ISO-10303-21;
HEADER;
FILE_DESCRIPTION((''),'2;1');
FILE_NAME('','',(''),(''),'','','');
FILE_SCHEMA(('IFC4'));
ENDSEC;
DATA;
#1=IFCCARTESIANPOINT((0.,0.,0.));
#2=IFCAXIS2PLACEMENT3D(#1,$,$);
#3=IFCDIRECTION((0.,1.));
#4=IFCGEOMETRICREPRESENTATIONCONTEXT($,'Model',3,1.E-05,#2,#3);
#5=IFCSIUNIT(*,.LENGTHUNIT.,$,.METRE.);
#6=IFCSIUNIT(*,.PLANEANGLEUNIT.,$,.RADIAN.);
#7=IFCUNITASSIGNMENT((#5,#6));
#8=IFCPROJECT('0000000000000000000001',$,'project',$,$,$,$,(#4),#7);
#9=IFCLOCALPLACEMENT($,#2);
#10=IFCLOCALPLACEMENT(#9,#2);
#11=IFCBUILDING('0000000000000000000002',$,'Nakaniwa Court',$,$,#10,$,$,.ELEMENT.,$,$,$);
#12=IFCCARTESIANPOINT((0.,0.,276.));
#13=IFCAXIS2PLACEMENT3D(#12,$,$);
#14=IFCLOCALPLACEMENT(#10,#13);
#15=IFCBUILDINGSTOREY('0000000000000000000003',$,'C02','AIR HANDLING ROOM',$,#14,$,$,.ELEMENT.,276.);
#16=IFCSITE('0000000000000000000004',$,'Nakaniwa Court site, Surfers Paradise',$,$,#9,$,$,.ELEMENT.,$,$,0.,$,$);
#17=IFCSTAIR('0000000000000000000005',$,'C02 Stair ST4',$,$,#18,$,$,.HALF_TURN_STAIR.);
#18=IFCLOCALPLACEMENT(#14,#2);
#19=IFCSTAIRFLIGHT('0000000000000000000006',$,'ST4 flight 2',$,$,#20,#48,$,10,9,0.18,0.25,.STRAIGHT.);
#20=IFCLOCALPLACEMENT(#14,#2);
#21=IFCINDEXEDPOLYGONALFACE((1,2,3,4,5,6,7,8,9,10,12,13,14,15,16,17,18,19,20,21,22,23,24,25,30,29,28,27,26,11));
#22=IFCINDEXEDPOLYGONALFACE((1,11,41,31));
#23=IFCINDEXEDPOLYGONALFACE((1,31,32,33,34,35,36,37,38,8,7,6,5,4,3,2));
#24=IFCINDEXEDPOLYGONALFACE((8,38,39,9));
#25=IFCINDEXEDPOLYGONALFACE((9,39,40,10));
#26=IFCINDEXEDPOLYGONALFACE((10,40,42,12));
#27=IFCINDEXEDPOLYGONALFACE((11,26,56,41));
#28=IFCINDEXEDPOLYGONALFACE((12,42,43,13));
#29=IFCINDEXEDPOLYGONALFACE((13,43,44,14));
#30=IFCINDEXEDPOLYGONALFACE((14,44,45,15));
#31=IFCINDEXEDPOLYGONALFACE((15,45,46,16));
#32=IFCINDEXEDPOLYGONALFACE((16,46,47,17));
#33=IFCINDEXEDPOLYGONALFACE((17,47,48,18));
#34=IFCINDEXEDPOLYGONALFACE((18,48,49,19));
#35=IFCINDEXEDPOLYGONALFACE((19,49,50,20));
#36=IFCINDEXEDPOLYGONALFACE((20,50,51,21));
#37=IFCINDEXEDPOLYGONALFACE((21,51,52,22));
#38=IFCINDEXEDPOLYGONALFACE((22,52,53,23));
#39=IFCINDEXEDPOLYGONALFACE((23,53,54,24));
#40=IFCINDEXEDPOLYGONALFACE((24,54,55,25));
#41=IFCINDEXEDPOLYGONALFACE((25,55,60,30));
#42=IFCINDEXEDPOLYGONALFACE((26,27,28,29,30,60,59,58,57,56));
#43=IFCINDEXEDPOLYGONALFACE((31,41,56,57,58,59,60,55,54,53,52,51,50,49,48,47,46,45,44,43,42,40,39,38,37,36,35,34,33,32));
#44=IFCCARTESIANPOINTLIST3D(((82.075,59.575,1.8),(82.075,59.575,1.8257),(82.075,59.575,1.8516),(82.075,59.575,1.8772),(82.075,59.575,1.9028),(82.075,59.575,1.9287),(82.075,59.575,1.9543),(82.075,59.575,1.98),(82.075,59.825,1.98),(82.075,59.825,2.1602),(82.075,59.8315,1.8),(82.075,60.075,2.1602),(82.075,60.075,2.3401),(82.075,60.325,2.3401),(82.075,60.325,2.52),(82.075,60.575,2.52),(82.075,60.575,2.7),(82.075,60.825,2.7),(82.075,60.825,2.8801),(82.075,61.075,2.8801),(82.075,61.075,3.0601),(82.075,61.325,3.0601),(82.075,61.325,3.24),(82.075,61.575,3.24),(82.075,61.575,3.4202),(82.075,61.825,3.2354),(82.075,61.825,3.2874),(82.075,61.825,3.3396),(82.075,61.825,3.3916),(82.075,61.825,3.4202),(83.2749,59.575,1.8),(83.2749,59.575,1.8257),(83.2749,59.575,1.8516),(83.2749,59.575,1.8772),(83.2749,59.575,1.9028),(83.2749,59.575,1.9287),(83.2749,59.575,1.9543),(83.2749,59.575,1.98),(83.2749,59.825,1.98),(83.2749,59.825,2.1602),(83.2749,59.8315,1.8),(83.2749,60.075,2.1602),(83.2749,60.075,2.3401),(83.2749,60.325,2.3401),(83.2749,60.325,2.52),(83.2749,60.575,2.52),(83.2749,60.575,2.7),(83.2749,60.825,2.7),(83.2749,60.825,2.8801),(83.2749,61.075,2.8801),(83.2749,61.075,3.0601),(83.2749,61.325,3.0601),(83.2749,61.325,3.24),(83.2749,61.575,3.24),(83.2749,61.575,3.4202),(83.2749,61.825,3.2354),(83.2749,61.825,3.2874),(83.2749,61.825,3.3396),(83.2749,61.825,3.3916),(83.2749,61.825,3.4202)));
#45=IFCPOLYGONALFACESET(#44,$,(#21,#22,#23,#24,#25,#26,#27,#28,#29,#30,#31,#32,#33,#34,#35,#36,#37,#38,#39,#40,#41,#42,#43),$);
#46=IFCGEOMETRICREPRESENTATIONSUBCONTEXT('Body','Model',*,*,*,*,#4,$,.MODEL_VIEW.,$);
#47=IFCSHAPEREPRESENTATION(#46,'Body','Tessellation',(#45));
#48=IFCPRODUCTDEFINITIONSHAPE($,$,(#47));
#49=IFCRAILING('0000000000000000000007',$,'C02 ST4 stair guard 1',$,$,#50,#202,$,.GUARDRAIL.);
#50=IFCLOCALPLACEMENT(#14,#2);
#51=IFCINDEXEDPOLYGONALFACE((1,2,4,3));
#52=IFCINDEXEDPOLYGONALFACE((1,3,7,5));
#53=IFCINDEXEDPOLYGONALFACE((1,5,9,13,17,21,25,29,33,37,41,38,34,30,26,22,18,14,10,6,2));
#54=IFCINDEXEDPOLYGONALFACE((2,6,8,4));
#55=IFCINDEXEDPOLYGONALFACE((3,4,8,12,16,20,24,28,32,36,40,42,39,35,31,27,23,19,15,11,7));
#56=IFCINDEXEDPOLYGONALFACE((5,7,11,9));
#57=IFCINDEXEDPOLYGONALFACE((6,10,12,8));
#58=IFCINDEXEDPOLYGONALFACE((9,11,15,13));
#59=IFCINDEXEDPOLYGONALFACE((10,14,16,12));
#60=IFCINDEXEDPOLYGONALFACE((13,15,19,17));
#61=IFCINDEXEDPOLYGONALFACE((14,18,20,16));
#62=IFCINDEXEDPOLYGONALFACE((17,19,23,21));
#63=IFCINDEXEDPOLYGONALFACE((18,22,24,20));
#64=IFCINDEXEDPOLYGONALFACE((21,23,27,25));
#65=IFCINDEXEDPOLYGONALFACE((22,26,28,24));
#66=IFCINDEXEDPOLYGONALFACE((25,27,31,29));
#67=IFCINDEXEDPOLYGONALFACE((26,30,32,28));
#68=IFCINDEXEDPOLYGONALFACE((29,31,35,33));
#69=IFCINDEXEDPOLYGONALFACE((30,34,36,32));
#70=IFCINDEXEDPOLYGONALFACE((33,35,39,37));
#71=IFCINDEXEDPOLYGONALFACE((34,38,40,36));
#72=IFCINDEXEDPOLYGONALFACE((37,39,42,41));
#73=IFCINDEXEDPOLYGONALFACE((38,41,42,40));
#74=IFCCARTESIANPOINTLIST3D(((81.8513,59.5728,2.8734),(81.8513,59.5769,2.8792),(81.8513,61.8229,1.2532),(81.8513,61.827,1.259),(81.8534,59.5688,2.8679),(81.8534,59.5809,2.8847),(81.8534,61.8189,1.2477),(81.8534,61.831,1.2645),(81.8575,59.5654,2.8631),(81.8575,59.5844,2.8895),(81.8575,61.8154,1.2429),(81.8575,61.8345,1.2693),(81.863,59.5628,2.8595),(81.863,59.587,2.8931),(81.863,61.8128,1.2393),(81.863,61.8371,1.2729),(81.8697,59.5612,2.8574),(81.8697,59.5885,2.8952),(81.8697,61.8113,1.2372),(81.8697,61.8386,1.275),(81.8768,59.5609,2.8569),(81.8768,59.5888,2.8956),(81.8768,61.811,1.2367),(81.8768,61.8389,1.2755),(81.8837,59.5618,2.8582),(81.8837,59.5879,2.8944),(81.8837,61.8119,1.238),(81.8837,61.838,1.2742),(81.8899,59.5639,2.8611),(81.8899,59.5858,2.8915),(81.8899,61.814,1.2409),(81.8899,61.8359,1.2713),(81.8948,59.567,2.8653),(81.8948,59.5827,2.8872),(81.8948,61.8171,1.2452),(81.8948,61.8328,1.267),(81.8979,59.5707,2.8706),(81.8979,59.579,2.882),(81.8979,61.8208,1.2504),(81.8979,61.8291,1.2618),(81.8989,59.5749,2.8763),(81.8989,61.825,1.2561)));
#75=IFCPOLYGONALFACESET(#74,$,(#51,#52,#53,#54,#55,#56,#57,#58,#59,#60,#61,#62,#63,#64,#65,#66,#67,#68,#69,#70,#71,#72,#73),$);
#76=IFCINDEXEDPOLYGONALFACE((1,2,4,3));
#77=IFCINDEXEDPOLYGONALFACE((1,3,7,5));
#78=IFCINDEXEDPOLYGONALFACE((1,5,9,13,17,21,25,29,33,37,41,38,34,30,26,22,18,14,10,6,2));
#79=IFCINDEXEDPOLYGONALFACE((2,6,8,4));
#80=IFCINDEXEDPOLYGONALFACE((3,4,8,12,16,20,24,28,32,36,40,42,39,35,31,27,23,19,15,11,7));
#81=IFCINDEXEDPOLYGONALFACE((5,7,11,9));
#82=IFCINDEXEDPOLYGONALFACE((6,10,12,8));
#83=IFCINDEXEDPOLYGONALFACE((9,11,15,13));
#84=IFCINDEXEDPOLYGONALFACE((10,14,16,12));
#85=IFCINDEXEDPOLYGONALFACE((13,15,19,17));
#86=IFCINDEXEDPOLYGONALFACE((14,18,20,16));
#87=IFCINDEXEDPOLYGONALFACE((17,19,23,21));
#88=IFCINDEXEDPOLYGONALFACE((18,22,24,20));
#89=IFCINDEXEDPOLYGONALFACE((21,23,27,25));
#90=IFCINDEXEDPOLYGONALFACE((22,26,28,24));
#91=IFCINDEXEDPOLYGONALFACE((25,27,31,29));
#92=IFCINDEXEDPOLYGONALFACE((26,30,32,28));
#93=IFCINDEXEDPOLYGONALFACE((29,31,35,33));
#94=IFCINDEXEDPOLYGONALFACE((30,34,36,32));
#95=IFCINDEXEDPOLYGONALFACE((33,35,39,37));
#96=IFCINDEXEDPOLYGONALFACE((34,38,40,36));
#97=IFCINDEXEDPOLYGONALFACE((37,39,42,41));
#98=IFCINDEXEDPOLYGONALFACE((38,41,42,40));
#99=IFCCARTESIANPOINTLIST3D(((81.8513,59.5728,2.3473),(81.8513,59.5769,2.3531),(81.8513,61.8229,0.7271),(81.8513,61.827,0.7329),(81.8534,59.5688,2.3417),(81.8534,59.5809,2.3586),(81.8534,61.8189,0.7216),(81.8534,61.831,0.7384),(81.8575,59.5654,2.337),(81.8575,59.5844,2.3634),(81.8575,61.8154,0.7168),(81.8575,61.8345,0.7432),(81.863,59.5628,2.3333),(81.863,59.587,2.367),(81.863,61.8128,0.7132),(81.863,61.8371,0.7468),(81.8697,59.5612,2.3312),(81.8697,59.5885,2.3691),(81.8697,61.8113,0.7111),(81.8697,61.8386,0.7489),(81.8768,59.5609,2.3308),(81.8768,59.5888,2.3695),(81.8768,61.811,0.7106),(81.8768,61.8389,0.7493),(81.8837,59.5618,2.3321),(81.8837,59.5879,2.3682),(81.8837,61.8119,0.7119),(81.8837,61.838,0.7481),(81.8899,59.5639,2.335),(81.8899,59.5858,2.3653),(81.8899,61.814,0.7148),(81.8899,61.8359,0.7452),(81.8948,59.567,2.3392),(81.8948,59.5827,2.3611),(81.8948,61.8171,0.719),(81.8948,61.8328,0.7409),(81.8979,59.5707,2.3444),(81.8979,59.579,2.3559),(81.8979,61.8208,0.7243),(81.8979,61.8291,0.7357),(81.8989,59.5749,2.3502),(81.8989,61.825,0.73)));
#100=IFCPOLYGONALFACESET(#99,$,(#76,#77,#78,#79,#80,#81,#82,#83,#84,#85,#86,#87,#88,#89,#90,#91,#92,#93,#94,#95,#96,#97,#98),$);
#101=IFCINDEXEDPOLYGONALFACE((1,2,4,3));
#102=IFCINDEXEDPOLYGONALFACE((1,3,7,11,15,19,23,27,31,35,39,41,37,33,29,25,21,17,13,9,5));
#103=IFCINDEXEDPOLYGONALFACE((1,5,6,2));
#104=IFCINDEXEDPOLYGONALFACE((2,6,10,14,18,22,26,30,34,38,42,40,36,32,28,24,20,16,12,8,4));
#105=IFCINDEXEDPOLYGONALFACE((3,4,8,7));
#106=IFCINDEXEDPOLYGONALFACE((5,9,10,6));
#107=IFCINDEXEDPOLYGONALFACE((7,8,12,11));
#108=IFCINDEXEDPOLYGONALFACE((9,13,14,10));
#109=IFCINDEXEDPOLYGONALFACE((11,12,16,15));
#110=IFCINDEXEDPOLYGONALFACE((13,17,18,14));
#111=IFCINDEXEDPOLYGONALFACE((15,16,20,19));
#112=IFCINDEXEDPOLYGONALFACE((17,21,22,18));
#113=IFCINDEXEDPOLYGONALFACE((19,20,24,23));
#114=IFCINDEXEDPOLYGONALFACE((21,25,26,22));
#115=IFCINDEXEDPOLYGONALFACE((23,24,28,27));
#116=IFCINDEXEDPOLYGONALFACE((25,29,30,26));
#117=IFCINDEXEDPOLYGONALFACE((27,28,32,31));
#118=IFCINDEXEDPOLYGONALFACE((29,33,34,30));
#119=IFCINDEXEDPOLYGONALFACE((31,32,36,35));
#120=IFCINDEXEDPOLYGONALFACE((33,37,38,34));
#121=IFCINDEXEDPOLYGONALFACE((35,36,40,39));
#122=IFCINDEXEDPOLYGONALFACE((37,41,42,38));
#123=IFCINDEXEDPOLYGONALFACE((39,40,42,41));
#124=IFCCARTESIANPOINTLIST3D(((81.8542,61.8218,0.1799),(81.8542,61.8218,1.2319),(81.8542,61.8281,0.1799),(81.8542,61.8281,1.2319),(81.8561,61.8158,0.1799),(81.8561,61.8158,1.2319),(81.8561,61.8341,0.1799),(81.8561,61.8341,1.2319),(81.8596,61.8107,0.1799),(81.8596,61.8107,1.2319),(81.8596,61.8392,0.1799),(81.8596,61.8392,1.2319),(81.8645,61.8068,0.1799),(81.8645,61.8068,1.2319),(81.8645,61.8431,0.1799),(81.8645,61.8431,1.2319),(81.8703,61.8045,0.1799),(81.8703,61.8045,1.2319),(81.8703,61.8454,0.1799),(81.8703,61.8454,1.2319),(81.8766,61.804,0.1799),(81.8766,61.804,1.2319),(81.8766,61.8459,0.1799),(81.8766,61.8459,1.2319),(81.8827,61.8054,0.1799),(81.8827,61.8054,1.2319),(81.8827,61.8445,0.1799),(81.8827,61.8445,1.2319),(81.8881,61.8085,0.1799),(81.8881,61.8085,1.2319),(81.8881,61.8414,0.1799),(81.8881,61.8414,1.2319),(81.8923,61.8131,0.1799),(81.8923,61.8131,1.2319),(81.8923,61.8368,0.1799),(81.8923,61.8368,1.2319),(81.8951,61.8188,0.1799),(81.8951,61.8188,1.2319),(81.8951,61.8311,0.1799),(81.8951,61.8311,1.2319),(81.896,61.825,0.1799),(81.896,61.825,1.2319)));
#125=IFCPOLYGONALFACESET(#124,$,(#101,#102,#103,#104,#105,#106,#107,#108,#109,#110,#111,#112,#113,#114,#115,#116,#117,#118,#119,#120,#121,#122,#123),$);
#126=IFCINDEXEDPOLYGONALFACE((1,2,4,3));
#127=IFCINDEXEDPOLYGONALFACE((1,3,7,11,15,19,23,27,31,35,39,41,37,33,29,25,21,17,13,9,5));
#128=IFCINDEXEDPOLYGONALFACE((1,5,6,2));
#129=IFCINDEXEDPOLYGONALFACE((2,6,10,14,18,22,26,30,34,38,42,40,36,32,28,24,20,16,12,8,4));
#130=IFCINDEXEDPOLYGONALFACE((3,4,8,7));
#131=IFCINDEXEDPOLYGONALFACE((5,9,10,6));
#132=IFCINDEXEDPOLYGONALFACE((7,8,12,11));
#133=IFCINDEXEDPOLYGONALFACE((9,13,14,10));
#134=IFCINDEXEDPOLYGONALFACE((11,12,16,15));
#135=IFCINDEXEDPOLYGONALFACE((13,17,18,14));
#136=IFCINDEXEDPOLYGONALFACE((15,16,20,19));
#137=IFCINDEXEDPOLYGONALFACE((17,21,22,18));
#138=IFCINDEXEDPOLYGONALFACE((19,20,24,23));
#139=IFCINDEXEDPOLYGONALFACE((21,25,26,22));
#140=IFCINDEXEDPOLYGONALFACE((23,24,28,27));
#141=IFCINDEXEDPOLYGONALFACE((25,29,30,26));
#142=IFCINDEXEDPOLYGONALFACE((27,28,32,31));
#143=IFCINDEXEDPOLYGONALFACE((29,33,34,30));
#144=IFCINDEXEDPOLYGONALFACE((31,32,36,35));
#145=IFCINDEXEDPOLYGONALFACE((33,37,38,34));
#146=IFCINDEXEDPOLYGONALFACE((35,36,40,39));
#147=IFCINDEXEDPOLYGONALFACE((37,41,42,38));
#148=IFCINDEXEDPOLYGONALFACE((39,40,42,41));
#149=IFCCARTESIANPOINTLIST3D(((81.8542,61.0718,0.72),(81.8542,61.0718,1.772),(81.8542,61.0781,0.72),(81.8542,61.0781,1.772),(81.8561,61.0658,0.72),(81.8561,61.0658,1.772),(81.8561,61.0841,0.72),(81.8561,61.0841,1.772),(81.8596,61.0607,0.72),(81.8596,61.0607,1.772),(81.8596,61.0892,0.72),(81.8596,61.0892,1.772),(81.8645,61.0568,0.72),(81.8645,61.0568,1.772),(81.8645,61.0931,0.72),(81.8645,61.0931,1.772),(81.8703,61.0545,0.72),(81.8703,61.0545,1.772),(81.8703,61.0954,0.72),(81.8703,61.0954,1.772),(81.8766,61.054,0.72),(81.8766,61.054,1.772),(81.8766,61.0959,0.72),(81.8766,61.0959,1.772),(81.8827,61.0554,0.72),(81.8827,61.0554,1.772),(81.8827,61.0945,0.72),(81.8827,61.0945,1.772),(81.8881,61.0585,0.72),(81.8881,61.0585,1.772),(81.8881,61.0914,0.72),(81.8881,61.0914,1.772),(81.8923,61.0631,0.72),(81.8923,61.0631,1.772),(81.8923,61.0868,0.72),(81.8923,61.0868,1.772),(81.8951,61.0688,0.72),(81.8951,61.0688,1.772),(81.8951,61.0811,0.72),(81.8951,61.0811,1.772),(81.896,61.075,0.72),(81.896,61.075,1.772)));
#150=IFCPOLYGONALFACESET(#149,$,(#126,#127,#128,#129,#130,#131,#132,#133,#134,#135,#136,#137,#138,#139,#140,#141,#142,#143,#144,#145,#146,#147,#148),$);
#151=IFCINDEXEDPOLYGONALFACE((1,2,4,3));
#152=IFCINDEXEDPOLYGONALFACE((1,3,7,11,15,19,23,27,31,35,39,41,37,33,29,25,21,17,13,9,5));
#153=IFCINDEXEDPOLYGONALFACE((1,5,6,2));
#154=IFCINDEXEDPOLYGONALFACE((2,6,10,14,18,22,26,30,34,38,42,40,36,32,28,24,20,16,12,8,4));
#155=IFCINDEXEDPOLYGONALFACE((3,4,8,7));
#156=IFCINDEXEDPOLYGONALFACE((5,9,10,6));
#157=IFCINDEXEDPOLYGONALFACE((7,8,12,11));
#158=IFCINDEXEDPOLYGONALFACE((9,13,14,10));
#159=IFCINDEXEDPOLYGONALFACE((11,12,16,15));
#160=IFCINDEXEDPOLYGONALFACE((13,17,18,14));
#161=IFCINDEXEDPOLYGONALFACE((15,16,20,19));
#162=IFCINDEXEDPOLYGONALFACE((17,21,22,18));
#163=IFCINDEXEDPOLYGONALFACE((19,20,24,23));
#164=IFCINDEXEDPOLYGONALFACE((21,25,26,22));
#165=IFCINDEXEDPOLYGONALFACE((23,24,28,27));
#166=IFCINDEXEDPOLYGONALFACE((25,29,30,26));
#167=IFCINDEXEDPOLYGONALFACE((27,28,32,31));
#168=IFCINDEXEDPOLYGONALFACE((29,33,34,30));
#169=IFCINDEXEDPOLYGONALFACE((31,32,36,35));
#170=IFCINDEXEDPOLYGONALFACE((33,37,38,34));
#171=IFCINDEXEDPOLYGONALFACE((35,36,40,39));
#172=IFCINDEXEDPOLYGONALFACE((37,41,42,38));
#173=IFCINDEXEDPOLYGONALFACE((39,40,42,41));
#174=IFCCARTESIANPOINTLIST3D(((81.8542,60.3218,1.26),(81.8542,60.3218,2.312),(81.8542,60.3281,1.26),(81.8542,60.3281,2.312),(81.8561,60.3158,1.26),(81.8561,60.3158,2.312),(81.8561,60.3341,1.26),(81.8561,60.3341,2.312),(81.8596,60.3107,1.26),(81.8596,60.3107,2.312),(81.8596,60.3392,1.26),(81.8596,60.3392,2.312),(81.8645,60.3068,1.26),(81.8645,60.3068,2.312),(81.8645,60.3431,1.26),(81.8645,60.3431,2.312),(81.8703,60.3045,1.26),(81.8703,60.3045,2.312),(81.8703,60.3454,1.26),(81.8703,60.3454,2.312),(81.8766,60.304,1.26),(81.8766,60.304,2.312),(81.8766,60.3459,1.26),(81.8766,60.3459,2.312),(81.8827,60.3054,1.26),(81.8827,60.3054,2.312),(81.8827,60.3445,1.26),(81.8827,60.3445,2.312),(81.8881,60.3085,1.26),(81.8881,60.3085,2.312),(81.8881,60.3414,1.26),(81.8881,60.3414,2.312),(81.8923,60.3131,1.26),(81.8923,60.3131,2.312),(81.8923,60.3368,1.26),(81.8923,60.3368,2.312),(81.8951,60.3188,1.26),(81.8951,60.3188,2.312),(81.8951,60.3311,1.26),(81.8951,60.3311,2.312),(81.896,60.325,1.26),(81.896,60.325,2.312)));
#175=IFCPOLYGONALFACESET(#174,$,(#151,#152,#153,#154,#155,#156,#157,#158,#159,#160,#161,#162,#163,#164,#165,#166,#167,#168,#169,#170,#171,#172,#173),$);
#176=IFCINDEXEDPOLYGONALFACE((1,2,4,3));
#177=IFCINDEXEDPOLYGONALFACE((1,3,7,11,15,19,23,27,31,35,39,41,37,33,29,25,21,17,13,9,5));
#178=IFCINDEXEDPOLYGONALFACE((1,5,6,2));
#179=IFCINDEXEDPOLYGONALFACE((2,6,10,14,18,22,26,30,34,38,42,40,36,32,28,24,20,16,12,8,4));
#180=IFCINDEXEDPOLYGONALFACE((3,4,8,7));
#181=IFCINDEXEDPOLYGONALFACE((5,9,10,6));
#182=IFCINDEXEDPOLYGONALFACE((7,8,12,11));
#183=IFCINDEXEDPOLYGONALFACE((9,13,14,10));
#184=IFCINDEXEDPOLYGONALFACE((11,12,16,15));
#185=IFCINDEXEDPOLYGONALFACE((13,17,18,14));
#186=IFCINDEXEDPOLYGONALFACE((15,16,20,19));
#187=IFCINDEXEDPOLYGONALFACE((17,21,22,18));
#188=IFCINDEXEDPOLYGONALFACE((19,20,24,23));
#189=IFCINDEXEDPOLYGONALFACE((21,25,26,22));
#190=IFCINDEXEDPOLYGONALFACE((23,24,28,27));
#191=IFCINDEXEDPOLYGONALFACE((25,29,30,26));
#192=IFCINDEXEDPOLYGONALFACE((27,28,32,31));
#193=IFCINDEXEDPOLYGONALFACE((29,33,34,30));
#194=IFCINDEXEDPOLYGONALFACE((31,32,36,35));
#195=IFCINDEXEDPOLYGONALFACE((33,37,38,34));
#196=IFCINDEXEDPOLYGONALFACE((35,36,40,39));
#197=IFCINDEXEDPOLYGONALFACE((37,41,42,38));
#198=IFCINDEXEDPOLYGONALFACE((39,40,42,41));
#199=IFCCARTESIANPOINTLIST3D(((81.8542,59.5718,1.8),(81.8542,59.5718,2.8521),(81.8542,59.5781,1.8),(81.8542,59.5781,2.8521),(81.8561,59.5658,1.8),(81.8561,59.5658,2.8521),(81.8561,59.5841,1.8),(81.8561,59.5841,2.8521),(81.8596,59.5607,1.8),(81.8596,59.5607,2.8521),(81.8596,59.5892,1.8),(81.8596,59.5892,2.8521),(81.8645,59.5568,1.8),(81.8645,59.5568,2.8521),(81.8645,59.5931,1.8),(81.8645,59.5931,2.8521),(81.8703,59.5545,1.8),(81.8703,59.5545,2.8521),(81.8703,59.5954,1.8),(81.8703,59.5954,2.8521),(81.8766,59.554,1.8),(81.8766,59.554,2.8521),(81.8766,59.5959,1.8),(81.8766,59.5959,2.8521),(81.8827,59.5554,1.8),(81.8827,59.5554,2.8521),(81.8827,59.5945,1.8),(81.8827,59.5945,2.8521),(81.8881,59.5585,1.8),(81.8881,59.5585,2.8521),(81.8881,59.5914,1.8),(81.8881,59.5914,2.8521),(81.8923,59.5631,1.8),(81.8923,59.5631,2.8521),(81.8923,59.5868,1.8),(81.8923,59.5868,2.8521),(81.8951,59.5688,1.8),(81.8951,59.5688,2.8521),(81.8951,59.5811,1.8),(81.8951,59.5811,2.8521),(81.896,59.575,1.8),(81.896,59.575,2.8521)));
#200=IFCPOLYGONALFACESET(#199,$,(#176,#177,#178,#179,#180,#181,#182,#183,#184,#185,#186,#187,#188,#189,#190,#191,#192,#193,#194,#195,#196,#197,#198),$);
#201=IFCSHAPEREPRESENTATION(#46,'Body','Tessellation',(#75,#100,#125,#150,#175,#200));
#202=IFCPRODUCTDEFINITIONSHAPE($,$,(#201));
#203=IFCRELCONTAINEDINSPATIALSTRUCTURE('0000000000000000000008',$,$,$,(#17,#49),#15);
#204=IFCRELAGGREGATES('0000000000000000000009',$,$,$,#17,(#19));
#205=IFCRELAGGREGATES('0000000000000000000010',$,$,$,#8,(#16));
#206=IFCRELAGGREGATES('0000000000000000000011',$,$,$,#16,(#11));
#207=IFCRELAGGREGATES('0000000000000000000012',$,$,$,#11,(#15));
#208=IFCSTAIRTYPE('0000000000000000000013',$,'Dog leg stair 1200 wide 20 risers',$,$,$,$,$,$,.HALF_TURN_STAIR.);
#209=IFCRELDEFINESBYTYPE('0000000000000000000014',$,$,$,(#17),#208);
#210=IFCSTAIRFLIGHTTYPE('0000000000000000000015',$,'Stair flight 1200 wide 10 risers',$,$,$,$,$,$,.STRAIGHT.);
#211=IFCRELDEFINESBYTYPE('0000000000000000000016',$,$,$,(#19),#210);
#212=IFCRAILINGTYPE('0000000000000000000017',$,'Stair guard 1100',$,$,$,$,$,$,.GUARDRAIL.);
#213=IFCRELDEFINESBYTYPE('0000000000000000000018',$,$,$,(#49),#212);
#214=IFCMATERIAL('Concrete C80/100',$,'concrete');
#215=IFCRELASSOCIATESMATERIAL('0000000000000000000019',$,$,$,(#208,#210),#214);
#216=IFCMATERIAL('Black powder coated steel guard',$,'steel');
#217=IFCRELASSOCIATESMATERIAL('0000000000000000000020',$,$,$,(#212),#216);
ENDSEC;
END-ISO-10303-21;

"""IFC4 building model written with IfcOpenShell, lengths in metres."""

from ifc_helpers import new_model, si_unit, direction, frame, origin, origin_2d, place, context, subcontext, project, spatial, polyline, circle, outline, extrude, material, type_object, element, aggregate, save


model = new_model("IFC4")

# Units and contexts
model_context = context("Model", 3, precision=1e-05, world=origin(), true_north=direction((0.0, 1.0)))
body_context = subcontext(model_context, "Body", "Model", "MODEL_VIEW")
ifc_project = project(units=[si_unit("LENGTHUNIT", "METRE"), si_unit("PLANEANGLEUNIT", "RADIAN")], contexts=[model_context])

# Site, building, storey
site_placement = place(None, origin())
site = spatial("IfcSite", under=ifc_project, at=site_placement, Name="Nakaniwa Court site, Surfers Paradise", CompositionType="ELEMENT", RefElevation=0.0)
building_placement = place(site_placement, origin())
building = spatial("IfcBuilding", under=site, at=building_placement, Name="Nakaniwa Court", CompositionType="ELEMENT")
storey_placement = place(building_placement, frame((0.0, 0.0, 276.0)))
storey = spatial("IfcBuildingStorey", under=building, at=storey_placement, Name="C02", Description="AIR HANDLING ROOM", CompositionType="ELEMENT", Elevation=276.0)

# Shared definitions
ifc_material_1 = material(Name="Concrete C80/100", Category="concrete")

# Stair, stair flight
stair_type = type_object("IfcStairType", Name="Dog leg stair 1200 wide 20 risers", PredefinedType="HALF_TURN_STAIR", material=ifc_material_1)
stair_placement = place(storey_placement, origin())
stair = element("IfcStair", 1, at=stair_placement, inside=storey, type_object=stair_type, Name="C02 Stair ST4", PredefinedType="HALF_TURN_STAIR")
stair_flight_type = type_object("IfcStairFlightType", Name="Stair flight 1200 wide 10 risers", PredefinedType="STRAIGHT", material=ifc_material_1)
stair_flight_1_placement = place(storey_placement, frame((82.675, 59.575, 1.8), z_axis=(0.0, 0.0, 1.0), x_axis=(0.0, 1.0, 0.0)))
stair_flight_1 = element("IfcStairFlight", 2, at=stair_flight_1_placement, type_object=stair_flight_type, Name="ST4 flight 2", NumberOfRisers=10, NumberOfTreads=9, PredefinedType="STRAIGHT", RiserHeight=0.18, TreadLength=0.25, context=body_context, shape_type="SweptSolid", body=[
    extrude(outline(polyline([(0.0, 0.0), (0.0, 0.0256), (0.0, 0.0515), (0.0, 0.0771), (0.0, 0.1028), (0.0, 0.1287), (0.0, 0.1543), (0.0, 0.1799), (0.25, 0.1799), (0.25, 0.3601), (0.5, 0.3601), (0.5, 0.54), (0.75, 0.54), (0.75, 0.72), (1.0, 0.72), (1.0, 0.8999), (1.25, 0.8999), (1.25, 1.0801), (1.5, 1.0801), (1.5, 1.26), (1.75, 1.26), (1.75, 1.4399), (2.0, 1.4399), (2.0, 1.6201), (2.25, 1.6201), (2.25, 1.8), (2.25, 1.7478), (2.25, 1.6958), (2.25, 1.6438), (2.25, 1.5916), (2.25, 1.5396), (2.25, 1.4873), (2.25, 1.4353), (0.2566, 0.0), (0.0, 0.0)])), frame((0.0, 0.6001, 0.0), z_axis=(0.0, -1.0, 0.0), x_axis=(1.0, 0.0, 0.0)), (0.0, 0.0, 1.0), 1.2),
])
aggregate(stair, [stair_flight_1])

# Railing
ifc_material_2 = material(Name="Black powder coated steel guard", Category="steel")
railing_type_1 = type_object("IfcRailingType", Name="Stair guard 1100", PredefinedType="GUARDRAIL", material=ifc_material_2)
railing_1_placement = place(storey_placement, frame((81.875, 61.825, 0.1799)))
element("IfcRailing", 3, at=railing_1_placement, inside=storey, type_object=railing_type_1, Name="C02 ST4 stair guard 1", PredefinedType="GUARDRAIL", context=body_context, shape_type="SweptSolid", body=[
    extrude(circle(Radius=0.0239, at=origin_2d()), frame((0.0, 0.0, 1.0762), z_axis=(0.0, -0.811514, 0.584333), x_axis=(1.0, 0.0, 0.0)), (0.0, 0.0, 1.0), 2.7727),
    extrude(circle(Radius=0.0239, at=origin_2d()), frame((0.0, 0.0, 0.55), z_axis=(0.0, -0.811514, 0.584333), x_axis=(1.0, 0.0, 0.0)), (0.0, 0.0, 1.0), 2.7727),
    extrude(circle(Radius=0.021, at=origin_2d()), origin(), (0.0, 0.0, 1.0), 1.052),
    extrude(circle(Radius=0.021, at=origin_2d()), frame((0.0, -0.75, 0.54)), (0.0, 0.0, 1.0), 1.052),
    extrude(circle(Radius=0.021, at=origin_2d()), frame((0.0, -1.5, 1.0801)), (0.0, 0.0, 1.0), 1.052),
    extrude(circle(Radius=0.021, at=origin_2d()), frame((0.0, -2.25, 1.6201)), (0.0, 0.0, 1.0), 1.052),
])

save(model, "model.ifc")
